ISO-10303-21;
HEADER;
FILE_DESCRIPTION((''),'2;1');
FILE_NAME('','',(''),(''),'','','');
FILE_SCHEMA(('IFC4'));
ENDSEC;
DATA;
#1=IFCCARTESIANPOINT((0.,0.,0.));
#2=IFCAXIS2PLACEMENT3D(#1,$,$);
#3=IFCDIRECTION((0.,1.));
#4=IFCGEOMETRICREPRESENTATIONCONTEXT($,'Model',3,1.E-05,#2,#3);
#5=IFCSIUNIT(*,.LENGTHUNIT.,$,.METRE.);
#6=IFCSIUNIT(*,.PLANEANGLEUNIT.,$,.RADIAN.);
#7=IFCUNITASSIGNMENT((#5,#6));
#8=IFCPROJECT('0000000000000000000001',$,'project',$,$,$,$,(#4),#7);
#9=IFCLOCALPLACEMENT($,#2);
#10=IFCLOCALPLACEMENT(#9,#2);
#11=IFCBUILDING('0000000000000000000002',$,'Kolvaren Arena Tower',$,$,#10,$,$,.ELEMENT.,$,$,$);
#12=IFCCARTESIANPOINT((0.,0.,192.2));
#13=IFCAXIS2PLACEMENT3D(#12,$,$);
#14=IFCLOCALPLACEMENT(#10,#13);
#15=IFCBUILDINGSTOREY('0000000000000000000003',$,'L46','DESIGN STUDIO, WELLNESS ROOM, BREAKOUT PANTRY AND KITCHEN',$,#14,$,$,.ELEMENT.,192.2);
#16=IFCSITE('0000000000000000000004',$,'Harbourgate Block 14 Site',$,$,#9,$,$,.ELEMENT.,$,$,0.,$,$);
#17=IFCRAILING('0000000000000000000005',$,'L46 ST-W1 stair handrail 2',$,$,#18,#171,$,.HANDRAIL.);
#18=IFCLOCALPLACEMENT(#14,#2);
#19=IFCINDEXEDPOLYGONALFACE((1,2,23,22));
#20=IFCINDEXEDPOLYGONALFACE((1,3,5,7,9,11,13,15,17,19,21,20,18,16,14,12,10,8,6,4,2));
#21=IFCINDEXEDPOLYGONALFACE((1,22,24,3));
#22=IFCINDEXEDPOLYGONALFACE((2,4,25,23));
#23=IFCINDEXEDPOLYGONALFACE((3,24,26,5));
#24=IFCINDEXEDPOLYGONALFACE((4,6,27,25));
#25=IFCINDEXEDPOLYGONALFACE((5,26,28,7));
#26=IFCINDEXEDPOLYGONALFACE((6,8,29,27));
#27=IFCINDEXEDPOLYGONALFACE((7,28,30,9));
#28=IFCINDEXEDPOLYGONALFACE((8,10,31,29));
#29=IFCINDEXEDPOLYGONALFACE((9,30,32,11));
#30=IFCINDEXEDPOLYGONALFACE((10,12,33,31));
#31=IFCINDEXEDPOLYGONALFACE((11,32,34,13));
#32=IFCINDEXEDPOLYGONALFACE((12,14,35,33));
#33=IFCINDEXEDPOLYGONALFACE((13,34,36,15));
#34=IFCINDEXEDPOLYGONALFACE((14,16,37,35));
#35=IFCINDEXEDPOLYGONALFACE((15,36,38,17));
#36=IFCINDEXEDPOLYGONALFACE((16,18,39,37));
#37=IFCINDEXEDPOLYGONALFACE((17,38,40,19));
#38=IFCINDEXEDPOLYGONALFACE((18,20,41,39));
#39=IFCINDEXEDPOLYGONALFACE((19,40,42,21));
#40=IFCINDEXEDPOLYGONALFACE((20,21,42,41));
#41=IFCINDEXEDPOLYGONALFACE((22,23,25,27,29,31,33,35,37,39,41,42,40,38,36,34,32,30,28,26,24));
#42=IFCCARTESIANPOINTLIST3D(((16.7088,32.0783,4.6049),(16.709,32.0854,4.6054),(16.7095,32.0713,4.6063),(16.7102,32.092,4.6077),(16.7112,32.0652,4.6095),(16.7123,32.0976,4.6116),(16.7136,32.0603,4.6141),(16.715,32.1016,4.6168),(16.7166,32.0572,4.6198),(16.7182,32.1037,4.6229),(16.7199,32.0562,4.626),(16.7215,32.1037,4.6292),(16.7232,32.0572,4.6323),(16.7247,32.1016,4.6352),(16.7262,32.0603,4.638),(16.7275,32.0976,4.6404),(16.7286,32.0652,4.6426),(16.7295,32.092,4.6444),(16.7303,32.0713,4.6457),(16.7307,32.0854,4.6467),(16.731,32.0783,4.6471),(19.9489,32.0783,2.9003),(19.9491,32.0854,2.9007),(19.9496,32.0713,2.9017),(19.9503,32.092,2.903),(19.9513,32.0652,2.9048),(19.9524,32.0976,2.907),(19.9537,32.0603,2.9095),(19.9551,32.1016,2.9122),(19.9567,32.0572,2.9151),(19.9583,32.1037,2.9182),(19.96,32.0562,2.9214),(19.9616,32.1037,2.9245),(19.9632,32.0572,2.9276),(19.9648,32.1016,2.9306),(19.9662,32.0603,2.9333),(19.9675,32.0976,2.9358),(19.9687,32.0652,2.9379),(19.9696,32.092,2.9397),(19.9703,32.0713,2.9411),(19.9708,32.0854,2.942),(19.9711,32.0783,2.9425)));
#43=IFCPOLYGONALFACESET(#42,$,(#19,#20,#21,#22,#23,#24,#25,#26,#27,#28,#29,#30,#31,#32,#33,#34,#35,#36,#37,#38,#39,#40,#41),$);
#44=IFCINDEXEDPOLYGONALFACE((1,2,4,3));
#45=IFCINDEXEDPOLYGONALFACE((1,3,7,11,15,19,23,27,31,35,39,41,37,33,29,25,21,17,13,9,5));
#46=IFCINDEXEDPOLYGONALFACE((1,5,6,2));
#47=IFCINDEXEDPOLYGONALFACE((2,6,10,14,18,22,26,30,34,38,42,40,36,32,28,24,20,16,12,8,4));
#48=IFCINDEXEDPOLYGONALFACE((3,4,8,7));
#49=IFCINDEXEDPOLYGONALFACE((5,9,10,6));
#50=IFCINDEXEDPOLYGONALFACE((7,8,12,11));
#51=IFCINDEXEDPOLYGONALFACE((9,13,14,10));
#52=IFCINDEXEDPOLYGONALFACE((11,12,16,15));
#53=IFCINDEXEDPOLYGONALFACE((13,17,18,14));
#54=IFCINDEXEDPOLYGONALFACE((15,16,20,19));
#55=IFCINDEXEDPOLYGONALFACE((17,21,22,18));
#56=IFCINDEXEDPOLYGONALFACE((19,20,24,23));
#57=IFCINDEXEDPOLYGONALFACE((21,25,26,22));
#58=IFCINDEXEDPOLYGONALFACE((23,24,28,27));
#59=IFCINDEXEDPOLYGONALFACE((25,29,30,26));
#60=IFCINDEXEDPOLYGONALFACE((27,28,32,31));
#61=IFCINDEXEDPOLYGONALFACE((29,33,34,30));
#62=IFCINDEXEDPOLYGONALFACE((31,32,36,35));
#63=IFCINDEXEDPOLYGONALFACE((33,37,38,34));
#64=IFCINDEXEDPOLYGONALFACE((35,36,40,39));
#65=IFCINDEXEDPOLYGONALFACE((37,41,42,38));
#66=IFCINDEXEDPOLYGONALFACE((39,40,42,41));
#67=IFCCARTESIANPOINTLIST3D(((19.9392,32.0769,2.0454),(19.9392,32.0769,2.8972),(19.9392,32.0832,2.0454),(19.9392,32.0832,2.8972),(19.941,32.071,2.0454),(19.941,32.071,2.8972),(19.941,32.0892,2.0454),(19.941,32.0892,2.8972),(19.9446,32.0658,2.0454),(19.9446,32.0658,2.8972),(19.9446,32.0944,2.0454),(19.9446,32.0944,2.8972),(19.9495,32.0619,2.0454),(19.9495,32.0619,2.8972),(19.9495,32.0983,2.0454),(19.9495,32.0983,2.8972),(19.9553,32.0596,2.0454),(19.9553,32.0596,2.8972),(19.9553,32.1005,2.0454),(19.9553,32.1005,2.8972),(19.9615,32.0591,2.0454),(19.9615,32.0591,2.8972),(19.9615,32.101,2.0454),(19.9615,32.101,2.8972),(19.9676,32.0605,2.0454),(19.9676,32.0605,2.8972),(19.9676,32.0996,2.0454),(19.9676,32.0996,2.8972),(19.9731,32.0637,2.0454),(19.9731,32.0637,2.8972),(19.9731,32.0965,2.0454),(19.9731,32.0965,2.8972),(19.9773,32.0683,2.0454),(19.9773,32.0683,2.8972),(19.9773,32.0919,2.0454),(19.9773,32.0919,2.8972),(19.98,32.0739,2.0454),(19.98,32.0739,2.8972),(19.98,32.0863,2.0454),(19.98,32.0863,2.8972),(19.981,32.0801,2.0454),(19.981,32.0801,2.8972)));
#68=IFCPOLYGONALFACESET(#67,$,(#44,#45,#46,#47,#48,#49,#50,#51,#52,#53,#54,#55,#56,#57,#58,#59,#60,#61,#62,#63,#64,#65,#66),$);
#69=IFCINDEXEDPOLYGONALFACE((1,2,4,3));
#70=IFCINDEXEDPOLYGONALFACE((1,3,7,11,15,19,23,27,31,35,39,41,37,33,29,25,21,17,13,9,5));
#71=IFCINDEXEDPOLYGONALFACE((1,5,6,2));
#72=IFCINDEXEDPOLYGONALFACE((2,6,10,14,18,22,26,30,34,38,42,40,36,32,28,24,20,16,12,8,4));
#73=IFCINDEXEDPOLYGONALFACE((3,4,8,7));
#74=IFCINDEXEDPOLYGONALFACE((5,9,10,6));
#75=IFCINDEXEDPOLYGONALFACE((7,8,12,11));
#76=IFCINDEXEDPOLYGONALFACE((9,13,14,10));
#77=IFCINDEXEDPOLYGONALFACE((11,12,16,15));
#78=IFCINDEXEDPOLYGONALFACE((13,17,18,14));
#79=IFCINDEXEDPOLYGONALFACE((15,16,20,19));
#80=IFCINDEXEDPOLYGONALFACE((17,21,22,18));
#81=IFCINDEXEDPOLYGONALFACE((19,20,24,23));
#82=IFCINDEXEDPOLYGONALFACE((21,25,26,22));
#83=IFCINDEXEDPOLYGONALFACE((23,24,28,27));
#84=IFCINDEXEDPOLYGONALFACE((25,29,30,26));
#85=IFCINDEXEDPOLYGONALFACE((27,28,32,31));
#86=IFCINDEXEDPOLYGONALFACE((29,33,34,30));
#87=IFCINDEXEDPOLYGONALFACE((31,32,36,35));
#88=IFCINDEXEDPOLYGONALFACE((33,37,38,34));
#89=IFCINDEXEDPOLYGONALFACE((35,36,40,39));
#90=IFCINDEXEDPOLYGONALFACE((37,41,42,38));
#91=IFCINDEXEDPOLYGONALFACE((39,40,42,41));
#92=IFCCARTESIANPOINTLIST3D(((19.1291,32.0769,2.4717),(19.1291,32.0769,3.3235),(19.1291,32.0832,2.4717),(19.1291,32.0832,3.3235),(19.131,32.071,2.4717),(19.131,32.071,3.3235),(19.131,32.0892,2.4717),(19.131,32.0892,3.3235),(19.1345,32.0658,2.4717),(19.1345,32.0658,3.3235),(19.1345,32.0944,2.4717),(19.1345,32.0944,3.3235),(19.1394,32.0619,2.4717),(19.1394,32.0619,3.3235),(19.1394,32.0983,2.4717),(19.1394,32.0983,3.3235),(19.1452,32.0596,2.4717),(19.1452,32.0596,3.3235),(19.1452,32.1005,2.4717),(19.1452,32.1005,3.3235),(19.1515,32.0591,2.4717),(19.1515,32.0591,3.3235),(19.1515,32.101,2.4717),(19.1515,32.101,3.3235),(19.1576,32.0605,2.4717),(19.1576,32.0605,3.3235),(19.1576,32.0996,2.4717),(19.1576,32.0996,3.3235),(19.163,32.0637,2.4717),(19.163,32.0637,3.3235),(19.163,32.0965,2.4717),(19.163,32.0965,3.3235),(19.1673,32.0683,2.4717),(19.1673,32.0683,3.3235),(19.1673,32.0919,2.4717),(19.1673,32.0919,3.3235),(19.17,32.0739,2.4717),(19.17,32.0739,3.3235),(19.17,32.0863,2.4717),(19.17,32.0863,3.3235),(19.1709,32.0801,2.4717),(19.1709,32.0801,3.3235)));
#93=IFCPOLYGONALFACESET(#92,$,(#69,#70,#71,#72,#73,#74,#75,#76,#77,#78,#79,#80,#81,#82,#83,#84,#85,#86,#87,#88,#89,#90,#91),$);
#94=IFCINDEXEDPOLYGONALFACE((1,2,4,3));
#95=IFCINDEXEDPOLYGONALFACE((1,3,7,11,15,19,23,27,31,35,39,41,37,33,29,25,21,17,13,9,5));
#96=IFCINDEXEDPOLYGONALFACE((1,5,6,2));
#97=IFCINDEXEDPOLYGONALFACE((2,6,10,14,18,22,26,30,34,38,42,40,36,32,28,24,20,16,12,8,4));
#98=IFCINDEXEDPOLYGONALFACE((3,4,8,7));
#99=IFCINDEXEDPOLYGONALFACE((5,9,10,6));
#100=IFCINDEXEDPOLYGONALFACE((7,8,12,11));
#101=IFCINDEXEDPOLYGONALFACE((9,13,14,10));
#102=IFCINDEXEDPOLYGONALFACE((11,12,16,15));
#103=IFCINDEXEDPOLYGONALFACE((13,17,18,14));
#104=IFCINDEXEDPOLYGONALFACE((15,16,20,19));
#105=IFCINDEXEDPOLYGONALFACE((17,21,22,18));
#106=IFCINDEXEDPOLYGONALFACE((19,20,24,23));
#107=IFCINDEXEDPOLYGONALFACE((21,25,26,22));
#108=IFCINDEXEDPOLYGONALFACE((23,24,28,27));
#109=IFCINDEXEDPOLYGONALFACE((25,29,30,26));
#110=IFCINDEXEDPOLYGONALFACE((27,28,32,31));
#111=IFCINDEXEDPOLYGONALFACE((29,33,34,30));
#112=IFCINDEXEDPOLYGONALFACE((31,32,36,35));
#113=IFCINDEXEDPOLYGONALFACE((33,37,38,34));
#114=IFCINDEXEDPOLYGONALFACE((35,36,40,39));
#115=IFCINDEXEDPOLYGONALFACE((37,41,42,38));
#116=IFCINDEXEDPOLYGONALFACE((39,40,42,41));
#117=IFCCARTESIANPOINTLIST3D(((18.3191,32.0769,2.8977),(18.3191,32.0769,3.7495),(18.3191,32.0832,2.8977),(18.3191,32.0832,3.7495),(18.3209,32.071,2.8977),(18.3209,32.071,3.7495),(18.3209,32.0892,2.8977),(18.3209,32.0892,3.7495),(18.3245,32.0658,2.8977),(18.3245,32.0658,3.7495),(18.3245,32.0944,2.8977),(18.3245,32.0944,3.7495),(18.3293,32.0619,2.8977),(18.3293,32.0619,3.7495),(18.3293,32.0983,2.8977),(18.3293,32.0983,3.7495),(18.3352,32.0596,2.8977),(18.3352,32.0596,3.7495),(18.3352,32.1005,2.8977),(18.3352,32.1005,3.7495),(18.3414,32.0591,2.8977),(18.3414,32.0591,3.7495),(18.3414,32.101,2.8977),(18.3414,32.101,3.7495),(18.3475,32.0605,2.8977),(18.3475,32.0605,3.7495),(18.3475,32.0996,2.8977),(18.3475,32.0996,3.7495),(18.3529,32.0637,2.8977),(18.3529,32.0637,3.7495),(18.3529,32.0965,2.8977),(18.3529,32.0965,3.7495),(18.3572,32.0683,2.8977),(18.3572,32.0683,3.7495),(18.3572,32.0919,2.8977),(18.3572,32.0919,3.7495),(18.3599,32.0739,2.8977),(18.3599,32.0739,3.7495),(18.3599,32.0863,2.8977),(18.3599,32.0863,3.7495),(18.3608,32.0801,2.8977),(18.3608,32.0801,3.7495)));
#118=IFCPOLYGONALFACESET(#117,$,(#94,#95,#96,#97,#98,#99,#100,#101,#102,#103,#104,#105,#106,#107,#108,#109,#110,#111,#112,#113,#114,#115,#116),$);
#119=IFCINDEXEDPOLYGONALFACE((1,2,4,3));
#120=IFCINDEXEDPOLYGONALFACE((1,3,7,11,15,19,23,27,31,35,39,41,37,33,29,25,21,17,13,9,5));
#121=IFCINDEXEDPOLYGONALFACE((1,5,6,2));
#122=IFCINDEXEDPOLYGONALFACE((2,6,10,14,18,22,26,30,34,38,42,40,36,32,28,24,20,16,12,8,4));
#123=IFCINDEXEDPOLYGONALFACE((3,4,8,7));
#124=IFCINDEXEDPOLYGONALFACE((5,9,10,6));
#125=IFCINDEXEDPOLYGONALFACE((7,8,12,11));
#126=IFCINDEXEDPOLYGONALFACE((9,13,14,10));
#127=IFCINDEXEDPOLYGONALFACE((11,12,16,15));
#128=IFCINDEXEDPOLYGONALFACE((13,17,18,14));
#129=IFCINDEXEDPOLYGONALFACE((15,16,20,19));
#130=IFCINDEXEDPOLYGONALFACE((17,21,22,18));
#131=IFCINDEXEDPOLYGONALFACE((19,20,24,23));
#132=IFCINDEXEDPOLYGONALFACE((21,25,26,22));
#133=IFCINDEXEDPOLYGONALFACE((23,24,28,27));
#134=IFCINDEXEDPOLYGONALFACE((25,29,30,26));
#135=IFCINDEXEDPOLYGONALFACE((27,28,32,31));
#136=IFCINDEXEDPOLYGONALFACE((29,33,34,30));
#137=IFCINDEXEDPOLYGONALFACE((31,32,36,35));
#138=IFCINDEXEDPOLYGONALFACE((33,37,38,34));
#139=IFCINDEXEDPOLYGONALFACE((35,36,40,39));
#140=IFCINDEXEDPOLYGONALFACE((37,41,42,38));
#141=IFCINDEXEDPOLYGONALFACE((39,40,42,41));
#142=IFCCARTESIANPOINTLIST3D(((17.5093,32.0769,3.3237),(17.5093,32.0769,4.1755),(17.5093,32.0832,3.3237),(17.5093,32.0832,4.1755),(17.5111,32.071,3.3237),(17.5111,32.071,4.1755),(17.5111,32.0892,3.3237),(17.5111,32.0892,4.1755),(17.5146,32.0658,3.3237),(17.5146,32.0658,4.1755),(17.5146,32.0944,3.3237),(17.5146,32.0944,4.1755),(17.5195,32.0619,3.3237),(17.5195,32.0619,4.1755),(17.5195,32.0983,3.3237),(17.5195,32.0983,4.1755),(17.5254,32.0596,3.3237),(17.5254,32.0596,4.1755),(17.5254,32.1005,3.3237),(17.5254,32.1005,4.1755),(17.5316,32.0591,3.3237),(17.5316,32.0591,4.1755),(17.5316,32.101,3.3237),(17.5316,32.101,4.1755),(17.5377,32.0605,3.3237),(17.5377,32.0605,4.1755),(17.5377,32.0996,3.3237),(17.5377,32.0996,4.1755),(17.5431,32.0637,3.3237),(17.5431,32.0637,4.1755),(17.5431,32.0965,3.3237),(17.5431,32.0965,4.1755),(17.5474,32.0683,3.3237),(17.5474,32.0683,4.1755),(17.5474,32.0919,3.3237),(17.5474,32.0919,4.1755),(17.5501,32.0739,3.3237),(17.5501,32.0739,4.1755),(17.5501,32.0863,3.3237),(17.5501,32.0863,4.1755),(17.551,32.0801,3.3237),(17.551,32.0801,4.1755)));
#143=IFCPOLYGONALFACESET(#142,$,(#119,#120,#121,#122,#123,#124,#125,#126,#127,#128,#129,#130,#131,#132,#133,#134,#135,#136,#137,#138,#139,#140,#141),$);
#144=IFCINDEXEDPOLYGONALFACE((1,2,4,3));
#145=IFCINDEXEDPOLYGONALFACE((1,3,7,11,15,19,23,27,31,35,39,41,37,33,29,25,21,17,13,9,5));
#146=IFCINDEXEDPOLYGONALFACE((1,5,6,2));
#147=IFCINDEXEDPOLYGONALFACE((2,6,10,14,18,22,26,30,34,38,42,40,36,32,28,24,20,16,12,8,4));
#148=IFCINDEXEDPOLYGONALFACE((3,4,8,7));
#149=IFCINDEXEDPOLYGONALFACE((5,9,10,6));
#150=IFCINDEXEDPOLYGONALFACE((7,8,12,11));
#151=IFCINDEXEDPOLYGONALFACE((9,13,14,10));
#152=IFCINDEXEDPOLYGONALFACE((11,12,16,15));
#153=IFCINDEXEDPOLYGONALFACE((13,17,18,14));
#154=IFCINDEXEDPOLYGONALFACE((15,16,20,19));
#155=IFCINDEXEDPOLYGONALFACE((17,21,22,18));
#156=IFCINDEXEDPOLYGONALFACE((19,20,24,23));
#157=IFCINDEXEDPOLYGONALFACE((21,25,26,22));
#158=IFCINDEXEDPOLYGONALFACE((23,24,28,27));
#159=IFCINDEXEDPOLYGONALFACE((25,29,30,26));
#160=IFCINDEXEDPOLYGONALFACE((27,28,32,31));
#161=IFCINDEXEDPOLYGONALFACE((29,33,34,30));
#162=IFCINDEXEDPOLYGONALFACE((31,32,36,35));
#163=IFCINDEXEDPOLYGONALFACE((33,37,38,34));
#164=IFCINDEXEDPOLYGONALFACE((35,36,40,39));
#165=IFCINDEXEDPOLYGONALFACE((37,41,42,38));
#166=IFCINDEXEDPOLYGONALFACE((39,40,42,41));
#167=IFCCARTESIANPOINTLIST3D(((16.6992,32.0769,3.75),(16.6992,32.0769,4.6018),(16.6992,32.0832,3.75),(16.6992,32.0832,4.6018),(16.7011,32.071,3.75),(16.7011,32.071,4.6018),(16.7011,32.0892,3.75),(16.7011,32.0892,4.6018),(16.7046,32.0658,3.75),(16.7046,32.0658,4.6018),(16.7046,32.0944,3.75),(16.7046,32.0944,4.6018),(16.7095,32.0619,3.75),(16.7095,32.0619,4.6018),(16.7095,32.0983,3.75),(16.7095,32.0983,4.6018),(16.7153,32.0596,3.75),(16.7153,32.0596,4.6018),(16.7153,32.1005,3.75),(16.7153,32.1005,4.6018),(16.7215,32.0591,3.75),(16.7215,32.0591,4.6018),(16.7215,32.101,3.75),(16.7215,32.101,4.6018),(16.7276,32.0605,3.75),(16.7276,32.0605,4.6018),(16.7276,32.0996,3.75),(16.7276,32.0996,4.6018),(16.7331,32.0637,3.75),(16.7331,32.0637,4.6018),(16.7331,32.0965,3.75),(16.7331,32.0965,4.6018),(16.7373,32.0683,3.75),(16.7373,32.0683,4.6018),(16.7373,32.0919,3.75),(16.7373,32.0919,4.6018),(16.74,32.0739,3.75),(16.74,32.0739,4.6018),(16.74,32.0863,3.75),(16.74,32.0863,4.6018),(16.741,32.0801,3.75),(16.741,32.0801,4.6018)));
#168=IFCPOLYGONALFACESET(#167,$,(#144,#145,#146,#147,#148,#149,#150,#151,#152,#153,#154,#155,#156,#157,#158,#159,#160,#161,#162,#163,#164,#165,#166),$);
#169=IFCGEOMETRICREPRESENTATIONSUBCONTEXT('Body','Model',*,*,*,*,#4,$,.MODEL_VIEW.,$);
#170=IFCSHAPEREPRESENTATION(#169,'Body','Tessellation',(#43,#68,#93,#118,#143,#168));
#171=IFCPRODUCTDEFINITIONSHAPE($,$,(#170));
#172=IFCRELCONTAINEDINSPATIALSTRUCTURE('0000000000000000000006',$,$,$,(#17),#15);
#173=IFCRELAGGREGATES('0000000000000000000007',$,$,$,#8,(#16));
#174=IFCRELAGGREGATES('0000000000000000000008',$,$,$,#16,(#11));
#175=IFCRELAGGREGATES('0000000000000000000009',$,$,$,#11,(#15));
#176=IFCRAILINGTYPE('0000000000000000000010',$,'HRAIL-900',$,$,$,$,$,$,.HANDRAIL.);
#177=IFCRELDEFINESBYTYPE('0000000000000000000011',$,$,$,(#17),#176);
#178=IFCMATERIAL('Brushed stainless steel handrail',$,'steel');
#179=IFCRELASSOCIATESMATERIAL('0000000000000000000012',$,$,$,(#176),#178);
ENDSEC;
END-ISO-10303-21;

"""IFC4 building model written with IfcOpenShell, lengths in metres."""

from ifc_helpers import new_model, si_unit, direction, frame, origin, origin_2d, place, context, subcontext, project, spatial, circle, extrude, material, type_object, element, save


model = new_model("IFC4")

# Units and contexts
model_context = context("Model", 3, precision=1e-05, world=origin(), true_north=direction((0.0, 1.0)))
body_context = subcontext(model_context, "Body", "Model", "MODEL_VIEW")
ifc_project = project(units=[si_unit("LENGTHUNIT", "METRE"), si_unit("PLANEANGLEUNIT", "RADIAN")], contexts=[model_context])

# Site, building, storey
site_placement = place(None, origin())
site = spatial("IfcSite", under=ifc_project, at=site_placement, Name="Harbourgate Block 14 Site", CompositionType="ELEMENT", RefElevation=0.0)
building_placement = place(site_placement, origin())
building = spatial("IfcBuilding", under=site, at=building_placement, Name="Kolvaren Arena Tower", CompositionType="ELEMENT")
storey_placement = place(building_placement, frame((0.0, 0.0, 192.2)))
storey = spatial("IfcBuildingStorey", under=building, at=storey_placement, Name="L46", Description="DESIGN STUDIO, WELLNESS ROOM, BREAKOUT PANTRY AND KITCHEN", CompositionType="ELEMENT", Elevation=192.2)

# Railing
ifc_material_1 = material(Name="Brushed stainless steel handrail", Category="steel")
railing_type_1 = type_object("IfcRailingType", Name="HRAIL-900", PredefinedType="HANDRAIL", material=ifc_material_1)
railing_1_placement = place(storey_placement, frame((19.96, 32.0801, 2.0454)))
element("IfcRailing", 1, at=railing_1_placement, inside=storey, type_object=railing_type_1, Name="L46 ST-W1 stair handrail 2", PredefinedType="HANDRAIL", context=body_context, shape_type="SweptSolid", body=[
    extrude(circle(Radius=0.0239, at=origin_2d()), frame((0.0, 0.0, 0.876), z_axis=(-0.884993, 0.0, 0.465604), x_axis=(0.0, -1.0, 0.0)), (0.0, 0.0, 1.0), 3.6611),
    extrude(circle(Radius=0.021, at=origin_2d()), origin(), (0.0, 0.0, 1.0), 0.8518),
    extrude(circle(Radius=0.021, at=origin_2d()), frame((-0.8101, 0.0, 0.4263)), (0.0, 0.0, 1.0), 0.8518),
    extrude(circle(Radius=0.021, at=origin_2d()), frame((-1.6201, 0.0, 0.8523)), (0.0, 0.0, 1.0), 0.8518),
    extrude(circle(Radius=0.021, at=origin_2d()), frame((-2.4299, 0.0, 1.2783)), (0.0, 0.0, 1.0), 0.8518),
    extrude(circle(Radius=0.021, at=origin_2d()), frame((-3.24, 0.0, 1.7046)), (0.0, 0.0, 1.0), 0.8518),
])

save(model, "model.ifc")
